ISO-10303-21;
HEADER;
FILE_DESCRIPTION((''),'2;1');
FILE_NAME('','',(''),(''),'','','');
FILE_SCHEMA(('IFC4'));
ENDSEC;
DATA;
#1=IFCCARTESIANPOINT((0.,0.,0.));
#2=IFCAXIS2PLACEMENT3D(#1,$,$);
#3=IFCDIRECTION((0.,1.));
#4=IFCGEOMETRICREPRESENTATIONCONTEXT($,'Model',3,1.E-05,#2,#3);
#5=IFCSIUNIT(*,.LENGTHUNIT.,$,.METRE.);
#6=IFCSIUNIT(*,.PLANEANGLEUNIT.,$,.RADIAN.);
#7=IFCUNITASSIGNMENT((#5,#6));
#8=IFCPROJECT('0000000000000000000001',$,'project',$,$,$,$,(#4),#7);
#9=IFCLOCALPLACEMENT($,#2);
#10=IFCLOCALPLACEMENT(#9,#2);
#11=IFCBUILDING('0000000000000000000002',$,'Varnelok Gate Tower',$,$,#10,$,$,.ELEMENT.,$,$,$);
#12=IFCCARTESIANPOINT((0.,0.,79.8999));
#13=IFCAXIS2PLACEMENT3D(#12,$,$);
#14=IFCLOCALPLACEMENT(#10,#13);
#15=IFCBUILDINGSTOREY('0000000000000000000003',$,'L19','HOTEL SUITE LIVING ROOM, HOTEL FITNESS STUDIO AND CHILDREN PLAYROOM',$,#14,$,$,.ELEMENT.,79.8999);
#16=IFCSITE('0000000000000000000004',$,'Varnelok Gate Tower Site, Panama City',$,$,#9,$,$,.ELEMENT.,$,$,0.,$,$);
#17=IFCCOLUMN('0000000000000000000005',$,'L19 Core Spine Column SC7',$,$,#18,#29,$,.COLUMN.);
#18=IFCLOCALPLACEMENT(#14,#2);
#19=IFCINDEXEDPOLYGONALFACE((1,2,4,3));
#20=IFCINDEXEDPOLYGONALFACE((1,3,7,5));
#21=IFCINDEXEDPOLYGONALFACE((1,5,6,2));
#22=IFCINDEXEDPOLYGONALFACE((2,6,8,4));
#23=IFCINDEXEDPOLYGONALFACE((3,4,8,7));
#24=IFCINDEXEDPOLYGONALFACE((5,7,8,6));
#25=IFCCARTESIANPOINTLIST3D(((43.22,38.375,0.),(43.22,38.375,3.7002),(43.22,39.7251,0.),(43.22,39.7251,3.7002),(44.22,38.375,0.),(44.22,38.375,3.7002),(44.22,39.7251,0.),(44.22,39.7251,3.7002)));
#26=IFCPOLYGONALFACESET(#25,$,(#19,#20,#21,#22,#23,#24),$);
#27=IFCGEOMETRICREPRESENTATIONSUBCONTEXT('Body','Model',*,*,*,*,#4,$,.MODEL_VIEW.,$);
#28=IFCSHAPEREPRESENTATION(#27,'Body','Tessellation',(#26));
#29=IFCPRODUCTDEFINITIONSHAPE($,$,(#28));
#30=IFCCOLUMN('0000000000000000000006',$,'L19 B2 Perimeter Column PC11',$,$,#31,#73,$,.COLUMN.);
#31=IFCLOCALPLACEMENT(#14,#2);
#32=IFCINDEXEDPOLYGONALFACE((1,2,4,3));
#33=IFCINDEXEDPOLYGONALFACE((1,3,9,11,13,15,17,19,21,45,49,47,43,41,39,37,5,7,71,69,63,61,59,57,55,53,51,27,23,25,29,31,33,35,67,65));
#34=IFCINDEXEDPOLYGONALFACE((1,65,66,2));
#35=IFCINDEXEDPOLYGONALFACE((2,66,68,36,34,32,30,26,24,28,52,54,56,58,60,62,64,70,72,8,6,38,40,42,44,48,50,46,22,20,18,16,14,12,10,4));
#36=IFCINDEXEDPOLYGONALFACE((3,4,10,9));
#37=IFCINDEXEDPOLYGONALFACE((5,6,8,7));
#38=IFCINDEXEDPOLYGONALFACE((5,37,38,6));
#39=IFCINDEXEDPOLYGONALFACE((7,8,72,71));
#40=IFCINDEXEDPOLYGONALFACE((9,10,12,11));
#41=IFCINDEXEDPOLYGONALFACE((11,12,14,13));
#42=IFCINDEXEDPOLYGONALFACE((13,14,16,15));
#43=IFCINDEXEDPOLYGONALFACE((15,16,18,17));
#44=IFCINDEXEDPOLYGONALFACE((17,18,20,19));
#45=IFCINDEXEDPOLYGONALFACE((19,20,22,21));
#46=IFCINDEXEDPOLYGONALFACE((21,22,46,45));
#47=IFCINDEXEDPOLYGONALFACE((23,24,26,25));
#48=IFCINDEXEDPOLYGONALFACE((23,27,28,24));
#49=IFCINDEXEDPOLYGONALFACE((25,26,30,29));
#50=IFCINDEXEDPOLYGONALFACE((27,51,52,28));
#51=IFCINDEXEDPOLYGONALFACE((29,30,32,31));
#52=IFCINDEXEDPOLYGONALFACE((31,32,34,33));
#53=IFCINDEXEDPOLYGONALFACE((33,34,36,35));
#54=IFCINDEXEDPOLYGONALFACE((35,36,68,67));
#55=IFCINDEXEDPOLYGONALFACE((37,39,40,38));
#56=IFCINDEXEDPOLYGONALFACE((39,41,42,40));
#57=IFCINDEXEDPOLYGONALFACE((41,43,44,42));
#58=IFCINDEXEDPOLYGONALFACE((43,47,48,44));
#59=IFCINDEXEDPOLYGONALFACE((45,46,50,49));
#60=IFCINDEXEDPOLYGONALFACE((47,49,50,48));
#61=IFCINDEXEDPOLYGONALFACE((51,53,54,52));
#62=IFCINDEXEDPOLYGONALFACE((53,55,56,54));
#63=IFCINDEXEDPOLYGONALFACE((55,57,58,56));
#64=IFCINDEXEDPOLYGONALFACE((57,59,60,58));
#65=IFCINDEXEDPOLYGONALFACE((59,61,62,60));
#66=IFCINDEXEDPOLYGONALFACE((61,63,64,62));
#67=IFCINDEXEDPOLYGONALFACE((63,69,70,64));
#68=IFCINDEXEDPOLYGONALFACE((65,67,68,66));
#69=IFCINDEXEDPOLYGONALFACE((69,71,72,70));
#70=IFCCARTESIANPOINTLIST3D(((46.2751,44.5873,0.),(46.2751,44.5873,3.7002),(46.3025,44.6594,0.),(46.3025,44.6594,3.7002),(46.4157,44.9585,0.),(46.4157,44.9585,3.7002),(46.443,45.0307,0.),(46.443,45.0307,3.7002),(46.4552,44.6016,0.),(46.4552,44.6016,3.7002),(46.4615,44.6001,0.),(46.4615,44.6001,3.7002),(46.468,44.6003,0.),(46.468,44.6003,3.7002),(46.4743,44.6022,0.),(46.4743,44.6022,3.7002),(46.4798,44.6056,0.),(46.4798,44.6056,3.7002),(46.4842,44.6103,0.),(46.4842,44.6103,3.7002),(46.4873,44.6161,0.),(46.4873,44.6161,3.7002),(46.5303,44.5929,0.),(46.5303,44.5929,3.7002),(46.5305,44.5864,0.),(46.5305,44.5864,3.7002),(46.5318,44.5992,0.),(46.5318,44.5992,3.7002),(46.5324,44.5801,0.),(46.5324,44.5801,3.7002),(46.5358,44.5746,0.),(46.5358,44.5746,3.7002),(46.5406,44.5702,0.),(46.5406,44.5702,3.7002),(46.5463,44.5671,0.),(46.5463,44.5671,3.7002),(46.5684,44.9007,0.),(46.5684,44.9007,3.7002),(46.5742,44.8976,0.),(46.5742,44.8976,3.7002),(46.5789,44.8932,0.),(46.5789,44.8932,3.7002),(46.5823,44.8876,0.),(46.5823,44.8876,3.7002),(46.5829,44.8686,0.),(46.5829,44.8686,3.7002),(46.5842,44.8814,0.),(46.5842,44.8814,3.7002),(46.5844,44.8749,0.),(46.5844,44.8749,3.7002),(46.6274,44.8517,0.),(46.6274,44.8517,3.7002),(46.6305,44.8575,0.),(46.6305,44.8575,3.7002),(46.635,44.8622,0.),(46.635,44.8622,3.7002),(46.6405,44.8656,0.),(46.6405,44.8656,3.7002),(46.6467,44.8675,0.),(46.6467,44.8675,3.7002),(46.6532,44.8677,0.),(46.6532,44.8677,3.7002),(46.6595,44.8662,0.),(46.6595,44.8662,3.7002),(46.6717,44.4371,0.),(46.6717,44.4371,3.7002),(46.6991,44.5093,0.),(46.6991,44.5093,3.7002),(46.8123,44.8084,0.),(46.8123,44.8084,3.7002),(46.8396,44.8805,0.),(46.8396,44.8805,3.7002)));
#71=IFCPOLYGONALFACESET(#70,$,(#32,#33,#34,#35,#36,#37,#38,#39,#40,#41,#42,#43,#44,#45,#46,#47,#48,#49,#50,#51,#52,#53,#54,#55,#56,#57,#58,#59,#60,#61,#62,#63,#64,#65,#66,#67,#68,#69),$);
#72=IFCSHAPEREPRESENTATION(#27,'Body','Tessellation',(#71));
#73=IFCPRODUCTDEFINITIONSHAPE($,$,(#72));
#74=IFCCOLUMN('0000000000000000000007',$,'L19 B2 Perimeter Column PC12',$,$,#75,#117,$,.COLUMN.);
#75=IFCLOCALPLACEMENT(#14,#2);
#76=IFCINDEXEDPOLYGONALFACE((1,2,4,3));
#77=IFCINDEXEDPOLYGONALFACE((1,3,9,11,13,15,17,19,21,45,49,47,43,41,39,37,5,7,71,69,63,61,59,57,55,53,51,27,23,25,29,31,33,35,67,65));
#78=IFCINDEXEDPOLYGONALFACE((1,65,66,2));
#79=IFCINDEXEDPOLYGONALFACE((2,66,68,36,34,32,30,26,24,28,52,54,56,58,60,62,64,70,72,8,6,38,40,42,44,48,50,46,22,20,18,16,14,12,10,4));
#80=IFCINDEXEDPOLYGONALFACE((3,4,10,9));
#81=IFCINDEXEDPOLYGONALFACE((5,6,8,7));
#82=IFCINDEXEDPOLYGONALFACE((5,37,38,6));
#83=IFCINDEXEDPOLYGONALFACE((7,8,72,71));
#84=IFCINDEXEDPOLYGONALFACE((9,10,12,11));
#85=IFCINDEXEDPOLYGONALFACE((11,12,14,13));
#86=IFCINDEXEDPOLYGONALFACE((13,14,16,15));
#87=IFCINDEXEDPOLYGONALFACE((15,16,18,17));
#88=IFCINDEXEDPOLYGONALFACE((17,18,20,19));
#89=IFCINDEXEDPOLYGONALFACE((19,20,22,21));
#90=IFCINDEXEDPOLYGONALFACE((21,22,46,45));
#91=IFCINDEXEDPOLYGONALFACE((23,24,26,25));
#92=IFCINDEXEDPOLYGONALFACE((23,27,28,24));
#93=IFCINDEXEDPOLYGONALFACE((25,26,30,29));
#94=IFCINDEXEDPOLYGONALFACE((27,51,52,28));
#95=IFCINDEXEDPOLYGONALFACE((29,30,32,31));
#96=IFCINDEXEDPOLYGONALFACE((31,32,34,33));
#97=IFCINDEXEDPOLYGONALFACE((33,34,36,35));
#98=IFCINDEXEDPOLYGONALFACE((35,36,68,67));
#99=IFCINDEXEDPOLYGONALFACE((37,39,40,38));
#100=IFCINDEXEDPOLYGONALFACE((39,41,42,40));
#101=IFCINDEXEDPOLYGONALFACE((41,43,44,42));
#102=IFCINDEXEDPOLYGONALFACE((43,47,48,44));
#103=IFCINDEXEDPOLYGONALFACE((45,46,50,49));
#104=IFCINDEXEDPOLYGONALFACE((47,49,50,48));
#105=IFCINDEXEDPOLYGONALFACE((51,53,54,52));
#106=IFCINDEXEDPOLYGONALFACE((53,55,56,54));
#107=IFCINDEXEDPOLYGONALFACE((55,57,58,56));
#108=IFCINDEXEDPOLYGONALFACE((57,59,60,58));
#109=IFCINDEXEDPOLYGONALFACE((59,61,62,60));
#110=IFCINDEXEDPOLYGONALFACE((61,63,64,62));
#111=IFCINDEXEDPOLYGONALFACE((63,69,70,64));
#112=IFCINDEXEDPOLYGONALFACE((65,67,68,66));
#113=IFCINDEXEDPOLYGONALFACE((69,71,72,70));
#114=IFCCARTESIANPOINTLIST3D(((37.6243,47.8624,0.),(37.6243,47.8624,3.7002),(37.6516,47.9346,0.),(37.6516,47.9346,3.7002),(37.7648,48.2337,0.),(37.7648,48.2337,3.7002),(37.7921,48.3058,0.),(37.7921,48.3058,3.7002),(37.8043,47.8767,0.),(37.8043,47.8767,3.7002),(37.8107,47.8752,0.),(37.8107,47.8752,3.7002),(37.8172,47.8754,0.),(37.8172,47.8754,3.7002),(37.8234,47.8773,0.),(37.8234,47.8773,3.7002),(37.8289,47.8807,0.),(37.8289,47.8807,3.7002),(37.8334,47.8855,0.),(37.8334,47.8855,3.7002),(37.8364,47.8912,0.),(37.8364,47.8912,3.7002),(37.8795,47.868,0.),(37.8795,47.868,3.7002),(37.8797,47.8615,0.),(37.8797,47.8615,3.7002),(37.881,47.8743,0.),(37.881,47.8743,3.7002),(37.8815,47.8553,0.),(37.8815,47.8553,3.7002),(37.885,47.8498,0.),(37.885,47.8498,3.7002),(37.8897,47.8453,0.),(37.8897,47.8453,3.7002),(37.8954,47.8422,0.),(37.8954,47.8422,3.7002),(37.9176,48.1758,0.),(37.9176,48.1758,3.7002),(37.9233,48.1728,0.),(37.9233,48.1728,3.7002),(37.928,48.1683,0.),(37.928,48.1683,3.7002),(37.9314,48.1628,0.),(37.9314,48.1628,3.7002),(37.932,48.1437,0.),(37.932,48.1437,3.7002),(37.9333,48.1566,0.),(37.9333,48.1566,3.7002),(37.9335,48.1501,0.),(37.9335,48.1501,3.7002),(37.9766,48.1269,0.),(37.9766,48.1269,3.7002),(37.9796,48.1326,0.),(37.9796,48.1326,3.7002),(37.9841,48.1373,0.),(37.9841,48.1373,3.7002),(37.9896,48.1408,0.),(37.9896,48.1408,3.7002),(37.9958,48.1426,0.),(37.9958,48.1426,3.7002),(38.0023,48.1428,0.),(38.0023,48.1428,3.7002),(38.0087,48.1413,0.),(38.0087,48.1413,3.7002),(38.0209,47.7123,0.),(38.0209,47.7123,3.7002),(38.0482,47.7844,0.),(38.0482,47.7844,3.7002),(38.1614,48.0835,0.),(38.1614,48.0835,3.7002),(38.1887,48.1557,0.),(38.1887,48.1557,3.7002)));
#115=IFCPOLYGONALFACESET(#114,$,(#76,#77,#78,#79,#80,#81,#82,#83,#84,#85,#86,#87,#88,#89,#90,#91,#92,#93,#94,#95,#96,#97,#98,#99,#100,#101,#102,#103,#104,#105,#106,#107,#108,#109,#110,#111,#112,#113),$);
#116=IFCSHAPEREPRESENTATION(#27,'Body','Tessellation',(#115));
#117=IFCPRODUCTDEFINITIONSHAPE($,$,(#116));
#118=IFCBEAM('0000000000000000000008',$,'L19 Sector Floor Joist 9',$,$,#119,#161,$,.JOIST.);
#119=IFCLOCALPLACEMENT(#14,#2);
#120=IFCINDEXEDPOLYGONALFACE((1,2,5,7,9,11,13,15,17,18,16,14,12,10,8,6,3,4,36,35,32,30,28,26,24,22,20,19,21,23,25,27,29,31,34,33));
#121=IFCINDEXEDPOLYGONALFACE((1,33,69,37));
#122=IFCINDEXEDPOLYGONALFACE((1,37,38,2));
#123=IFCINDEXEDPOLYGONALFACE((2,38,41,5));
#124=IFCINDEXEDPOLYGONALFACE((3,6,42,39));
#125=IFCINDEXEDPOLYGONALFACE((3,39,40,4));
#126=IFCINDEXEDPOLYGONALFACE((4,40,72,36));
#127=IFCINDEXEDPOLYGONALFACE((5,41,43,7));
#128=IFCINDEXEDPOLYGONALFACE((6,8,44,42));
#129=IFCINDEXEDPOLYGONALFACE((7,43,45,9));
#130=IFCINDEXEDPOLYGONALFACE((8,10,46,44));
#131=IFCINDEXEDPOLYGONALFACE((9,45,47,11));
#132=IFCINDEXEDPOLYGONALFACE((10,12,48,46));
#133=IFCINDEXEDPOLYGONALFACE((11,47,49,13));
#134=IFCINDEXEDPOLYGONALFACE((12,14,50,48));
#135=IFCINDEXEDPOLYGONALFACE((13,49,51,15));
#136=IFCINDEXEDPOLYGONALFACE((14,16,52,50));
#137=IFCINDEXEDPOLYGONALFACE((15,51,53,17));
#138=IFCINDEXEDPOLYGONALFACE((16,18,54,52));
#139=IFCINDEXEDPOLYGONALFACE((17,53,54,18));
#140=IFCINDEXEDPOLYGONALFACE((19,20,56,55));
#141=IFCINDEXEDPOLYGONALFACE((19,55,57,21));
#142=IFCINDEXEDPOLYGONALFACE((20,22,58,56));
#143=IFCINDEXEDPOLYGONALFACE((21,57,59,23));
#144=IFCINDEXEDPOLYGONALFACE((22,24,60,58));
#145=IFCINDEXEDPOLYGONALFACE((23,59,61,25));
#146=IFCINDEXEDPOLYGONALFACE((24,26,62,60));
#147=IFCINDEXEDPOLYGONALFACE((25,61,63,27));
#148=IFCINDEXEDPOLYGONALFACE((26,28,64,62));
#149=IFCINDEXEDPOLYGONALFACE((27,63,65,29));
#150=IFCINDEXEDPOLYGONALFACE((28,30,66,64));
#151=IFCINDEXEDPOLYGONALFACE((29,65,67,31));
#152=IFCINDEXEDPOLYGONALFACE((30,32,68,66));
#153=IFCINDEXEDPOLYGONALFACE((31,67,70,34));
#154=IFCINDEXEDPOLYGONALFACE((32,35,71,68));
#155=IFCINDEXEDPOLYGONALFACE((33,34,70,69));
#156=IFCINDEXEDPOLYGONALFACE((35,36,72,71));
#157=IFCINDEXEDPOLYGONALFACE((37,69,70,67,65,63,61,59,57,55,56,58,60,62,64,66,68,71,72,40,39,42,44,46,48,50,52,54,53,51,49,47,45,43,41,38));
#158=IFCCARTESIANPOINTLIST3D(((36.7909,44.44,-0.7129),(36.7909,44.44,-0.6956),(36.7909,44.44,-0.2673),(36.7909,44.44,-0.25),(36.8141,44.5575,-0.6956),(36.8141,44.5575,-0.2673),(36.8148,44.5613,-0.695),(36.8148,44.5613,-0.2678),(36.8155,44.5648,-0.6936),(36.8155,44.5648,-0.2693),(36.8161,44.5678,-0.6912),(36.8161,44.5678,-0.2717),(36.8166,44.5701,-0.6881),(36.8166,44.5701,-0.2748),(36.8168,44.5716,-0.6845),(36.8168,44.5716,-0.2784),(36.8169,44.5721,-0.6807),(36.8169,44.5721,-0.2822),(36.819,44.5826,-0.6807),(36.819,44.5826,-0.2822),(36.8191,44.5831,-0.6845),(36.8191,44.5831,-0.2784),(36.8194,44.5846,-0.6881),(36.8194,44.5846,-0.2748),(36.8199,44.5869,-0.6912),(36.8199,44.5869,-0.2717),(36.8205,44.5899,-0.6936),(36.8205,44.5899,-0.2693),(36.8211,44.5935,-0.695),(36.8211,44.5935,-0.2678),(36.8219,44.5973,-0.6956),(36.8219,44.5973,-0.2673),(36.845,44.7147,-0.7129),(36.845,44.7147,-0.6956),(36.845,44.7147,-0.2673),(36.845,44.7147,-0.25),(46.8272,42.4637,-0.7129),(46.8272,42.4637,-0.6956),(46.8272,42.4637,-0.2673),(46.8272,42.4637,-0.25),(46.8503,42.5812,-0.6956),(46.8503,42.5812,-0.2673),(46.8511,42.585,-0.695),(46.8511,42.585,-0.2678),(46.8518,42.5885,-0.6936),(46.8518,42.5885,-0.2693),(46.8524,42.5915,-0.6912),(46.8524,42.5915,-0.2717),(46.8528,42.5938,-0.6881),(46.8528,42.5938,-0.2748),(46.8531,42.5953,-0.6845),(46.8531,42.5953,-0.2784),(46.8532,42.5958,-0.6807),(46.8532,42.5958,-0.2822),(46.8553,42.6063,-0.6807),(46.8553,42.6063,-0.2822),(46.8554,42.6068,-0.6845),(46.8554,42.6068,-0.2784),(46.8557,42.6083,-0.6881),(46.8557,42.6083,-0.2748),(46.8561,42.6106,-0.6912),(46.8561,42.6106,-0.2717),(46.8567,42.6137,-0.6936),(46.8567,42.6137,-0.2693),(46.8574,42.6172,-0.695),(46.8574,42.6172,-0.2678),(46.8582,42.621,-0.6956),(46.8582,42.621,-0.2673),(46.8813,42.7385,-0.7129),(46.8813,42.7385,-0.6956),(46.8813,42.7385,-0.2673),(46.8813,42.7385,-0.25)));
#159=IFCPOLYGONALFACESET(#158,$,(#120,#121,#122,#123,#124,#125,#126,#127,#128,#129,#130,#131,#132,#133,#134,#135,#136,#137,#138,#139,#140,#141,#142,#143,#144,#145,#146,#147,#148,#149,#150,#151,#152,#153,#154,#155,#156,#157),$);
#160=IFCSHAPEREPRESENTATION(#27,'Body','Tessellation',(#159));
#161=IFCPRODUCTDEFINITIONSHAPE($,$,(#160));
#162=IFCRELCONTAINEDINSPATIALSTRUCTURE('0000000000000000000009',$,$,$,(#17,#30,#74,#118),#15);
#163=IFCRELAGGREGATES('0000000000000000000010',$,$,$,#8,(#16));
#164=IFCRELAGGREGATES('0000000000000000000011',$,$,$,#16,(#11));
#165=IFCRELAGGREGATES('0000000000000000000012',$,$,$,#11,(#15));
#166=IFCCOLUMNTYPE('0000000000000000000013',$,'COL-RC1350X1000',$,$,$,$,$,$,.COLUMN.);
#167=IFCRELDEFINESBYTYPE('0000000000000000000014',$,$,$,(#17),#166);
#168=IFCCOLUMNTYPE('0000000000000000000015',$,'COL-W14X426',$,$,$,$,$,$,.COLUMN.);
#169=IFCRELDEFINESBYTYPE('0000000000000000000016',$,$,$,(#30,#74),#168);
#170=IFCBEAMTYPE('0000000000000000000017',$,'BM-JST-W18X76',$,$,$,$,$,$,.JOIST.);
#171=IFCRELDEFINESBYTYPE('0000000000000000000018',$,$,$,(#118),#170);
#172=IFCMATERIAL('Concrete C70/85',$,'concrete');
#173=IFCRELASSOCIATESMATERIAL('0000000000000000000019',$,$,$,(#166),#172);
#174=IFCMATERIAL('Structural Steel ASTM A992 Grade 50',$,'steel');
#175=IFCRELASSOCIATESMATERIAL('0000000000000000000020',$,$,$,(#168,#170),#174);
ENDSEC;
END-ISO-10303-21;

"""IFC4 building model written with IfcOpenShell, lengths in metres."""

from ifc_helpers import new_model, si_unit, direction, frame, origin, origin_2d, place, context, subcontext, project, spatial, rectangle, i_section, extrude, material, material_profile, profile_set, type_object, element, save


model = new_model("IFC4")

# Units and contexts
model_context = context("Model", 3, precision=1e-05, world=origin(), true_north=direction((0.0, 1.0)))
body_context = subcontext(model_context, "Body", "Model", "MODEL_VIEW")
ifc_project = project(units=[si_unit("LENGTHUNIT", "METRE"), si_unit("PLANEANGLEUNIT", "RADIAN")], contexts=[model_context])

# Site, building, storey
site_placement = place(None, origin())
site = spatial("IfcSite", under=ifc_project, at=site_placement, Name="Varnelok Gate Tower Site, Panama City", CompositionType="ELEMENT", RefElevation=0.0)
building_placement = place(site_placement, origin())
building = spatial("IfcBuilding", under=site, at=building_placement, Name="Varnelok Gate Tower", CompositionType="ELEMENT")
storey_placement = place(building_placement, frame((0.0, 0.0, 79.8999)))
storey = spatial("IfcBuildingStorey", under=building, at=storey_placement, Name="L19", Description="HOTEL SUITE LIVING ROOM, HOTEL FITNESS STUDIO AND CHILDREN PLAYROOM", CompositionType="ELEMENT", Elevation=79.8999)

# Columns
ifc_material_1 = material(Name="Concrete C70/85", Category="concrete")
ifc_material_profile_1 = material_profile(ifc_material_1, rectangle(XDim=1.0, YDim=1.3501, at=origin_2d()), Name="RC1350X1000")
ifc_profile_set_1 = profile_set([ifc_material_profile_1], Name="Concrete C70/85")
column_type_1 = type_object("IfcColumnType", Name="COL-RC1350X1000", PredefinedType="COLUMN", material=ifc_profile_set_1)
column_placement = place(storey_placement, frame((43.72, 39.05, 0.0), z_axis=(0.0, 0.0, 1.0), x_axis=(1.0, 0.0, 0.0)))
element("IfcColumn", 1, at=column_placement, inside=storey, type_object=column_type_1, Name="L19 Core Spine Column SC7", PredefinedType="COLUMN", context=body_context, shape_type="SweptSolid", body=[
    extrude(rectangle(XDim=1.0, YDim=1.3501, at=origin_2d()), origin(), (0.0, 0.0, 1.0), 3.7002),
])
ifc_material_2 = material(Name="Structural Steel ASTM A992 Grade 50", Category="steel")
ifc_material_profile_2 = material_profile(ifc_material_2, i_section(OverallWidth=0.4241, OverallDepth=0.4741, WebThickness=0.0476, FlangeThickness=0.0771, FilletRadius=0.0249, at=origin_2d()), Name="W14X426")
ifc_profile_set_2 = profile_set([ifc_material_profile_2], Name="Structural Steel ASTM A992 Grade 50")
column_type_2 = type_object("IfcColumnType", Name="COL-W14X426", PredefinedType="COLUMN", material=ifc_profile_set_2)
for number, where, z_axis, x_axis, name in (
    (2, (46.5574, 44.7339, 0.0), (0.0, 0.0, 1.0), (0.935222, -0.354063, 0.0), "L19 B2 Perimeter Column PC11"),
    (3, (37.9065, 48.009, 0.0), (0.0, 0.0, 1.0), (0.935222, -0.354063, 0.0), "L19 B2 Perimeter Column PC12"),
):
    element("IfcColumn", number, at=place(storey_placement, frame(where, z_axis=z_axis, x_axis=x_axis)), inside=storey, type_object=column_type_2, Name=name, PredefinedType="COLUMN", context=body_context, shape_type="SweptSolid", body=[
        extrude(i_section(OverallWidth=0.4241, OverallDepth=0.4741, WebThickness=0.0476, FlangeThickness=0.0771, FilletRadius=0.0249, at=origin_2d()), origin(), (0.0, 0.0, 1.0), 3.7002),
    ])

# Beam
ifc_material_profile_3 = material_profile(ifc_material_2, i_section(OverallWidth=0.28, OverallDepth=0.4629, WebThickness=0.0107, FlangeThickness=0.0173, FilletRadius=0.0149, at=origin_2d()), Name="W18X76")
ifc_profile_set_3 = profile_set([ifc_material_profile_3], Name="Structural Steel ASTM A992 Grade 50")
beam_type_1 = type_object("IfcBeamType", Name="BM-JST-W18X76", PredefinedType="JOIST", material=ifc_profile_set_3)
beam_1_placement = place(storey_placement, frame((46.8542, 42.6011, -0.4814), z_axis=(-0.981158, 0.193205, 0.0), x_axis=(-0.193205, -0.981158, 0.0)))
element("IfcBeam", 4, at=beam_1_placement, inside=storey, type_object=beam_type_1, Name="L19 Sector Floor Joist 9", PredefinedType="JOIST", context=body_context, shape_type="SweptSolid", body=[
    extrude(i_section(OverallWidth=0.28, OverallDepth=0.4629, WebThickness=0.0107, FlangeThickness=0.0173, FilletRadius=0.0149, at=origin_2d()), origin(), (0.0, 0.0, 1.0), 10.229),
])

save(model, "model.ifc")
